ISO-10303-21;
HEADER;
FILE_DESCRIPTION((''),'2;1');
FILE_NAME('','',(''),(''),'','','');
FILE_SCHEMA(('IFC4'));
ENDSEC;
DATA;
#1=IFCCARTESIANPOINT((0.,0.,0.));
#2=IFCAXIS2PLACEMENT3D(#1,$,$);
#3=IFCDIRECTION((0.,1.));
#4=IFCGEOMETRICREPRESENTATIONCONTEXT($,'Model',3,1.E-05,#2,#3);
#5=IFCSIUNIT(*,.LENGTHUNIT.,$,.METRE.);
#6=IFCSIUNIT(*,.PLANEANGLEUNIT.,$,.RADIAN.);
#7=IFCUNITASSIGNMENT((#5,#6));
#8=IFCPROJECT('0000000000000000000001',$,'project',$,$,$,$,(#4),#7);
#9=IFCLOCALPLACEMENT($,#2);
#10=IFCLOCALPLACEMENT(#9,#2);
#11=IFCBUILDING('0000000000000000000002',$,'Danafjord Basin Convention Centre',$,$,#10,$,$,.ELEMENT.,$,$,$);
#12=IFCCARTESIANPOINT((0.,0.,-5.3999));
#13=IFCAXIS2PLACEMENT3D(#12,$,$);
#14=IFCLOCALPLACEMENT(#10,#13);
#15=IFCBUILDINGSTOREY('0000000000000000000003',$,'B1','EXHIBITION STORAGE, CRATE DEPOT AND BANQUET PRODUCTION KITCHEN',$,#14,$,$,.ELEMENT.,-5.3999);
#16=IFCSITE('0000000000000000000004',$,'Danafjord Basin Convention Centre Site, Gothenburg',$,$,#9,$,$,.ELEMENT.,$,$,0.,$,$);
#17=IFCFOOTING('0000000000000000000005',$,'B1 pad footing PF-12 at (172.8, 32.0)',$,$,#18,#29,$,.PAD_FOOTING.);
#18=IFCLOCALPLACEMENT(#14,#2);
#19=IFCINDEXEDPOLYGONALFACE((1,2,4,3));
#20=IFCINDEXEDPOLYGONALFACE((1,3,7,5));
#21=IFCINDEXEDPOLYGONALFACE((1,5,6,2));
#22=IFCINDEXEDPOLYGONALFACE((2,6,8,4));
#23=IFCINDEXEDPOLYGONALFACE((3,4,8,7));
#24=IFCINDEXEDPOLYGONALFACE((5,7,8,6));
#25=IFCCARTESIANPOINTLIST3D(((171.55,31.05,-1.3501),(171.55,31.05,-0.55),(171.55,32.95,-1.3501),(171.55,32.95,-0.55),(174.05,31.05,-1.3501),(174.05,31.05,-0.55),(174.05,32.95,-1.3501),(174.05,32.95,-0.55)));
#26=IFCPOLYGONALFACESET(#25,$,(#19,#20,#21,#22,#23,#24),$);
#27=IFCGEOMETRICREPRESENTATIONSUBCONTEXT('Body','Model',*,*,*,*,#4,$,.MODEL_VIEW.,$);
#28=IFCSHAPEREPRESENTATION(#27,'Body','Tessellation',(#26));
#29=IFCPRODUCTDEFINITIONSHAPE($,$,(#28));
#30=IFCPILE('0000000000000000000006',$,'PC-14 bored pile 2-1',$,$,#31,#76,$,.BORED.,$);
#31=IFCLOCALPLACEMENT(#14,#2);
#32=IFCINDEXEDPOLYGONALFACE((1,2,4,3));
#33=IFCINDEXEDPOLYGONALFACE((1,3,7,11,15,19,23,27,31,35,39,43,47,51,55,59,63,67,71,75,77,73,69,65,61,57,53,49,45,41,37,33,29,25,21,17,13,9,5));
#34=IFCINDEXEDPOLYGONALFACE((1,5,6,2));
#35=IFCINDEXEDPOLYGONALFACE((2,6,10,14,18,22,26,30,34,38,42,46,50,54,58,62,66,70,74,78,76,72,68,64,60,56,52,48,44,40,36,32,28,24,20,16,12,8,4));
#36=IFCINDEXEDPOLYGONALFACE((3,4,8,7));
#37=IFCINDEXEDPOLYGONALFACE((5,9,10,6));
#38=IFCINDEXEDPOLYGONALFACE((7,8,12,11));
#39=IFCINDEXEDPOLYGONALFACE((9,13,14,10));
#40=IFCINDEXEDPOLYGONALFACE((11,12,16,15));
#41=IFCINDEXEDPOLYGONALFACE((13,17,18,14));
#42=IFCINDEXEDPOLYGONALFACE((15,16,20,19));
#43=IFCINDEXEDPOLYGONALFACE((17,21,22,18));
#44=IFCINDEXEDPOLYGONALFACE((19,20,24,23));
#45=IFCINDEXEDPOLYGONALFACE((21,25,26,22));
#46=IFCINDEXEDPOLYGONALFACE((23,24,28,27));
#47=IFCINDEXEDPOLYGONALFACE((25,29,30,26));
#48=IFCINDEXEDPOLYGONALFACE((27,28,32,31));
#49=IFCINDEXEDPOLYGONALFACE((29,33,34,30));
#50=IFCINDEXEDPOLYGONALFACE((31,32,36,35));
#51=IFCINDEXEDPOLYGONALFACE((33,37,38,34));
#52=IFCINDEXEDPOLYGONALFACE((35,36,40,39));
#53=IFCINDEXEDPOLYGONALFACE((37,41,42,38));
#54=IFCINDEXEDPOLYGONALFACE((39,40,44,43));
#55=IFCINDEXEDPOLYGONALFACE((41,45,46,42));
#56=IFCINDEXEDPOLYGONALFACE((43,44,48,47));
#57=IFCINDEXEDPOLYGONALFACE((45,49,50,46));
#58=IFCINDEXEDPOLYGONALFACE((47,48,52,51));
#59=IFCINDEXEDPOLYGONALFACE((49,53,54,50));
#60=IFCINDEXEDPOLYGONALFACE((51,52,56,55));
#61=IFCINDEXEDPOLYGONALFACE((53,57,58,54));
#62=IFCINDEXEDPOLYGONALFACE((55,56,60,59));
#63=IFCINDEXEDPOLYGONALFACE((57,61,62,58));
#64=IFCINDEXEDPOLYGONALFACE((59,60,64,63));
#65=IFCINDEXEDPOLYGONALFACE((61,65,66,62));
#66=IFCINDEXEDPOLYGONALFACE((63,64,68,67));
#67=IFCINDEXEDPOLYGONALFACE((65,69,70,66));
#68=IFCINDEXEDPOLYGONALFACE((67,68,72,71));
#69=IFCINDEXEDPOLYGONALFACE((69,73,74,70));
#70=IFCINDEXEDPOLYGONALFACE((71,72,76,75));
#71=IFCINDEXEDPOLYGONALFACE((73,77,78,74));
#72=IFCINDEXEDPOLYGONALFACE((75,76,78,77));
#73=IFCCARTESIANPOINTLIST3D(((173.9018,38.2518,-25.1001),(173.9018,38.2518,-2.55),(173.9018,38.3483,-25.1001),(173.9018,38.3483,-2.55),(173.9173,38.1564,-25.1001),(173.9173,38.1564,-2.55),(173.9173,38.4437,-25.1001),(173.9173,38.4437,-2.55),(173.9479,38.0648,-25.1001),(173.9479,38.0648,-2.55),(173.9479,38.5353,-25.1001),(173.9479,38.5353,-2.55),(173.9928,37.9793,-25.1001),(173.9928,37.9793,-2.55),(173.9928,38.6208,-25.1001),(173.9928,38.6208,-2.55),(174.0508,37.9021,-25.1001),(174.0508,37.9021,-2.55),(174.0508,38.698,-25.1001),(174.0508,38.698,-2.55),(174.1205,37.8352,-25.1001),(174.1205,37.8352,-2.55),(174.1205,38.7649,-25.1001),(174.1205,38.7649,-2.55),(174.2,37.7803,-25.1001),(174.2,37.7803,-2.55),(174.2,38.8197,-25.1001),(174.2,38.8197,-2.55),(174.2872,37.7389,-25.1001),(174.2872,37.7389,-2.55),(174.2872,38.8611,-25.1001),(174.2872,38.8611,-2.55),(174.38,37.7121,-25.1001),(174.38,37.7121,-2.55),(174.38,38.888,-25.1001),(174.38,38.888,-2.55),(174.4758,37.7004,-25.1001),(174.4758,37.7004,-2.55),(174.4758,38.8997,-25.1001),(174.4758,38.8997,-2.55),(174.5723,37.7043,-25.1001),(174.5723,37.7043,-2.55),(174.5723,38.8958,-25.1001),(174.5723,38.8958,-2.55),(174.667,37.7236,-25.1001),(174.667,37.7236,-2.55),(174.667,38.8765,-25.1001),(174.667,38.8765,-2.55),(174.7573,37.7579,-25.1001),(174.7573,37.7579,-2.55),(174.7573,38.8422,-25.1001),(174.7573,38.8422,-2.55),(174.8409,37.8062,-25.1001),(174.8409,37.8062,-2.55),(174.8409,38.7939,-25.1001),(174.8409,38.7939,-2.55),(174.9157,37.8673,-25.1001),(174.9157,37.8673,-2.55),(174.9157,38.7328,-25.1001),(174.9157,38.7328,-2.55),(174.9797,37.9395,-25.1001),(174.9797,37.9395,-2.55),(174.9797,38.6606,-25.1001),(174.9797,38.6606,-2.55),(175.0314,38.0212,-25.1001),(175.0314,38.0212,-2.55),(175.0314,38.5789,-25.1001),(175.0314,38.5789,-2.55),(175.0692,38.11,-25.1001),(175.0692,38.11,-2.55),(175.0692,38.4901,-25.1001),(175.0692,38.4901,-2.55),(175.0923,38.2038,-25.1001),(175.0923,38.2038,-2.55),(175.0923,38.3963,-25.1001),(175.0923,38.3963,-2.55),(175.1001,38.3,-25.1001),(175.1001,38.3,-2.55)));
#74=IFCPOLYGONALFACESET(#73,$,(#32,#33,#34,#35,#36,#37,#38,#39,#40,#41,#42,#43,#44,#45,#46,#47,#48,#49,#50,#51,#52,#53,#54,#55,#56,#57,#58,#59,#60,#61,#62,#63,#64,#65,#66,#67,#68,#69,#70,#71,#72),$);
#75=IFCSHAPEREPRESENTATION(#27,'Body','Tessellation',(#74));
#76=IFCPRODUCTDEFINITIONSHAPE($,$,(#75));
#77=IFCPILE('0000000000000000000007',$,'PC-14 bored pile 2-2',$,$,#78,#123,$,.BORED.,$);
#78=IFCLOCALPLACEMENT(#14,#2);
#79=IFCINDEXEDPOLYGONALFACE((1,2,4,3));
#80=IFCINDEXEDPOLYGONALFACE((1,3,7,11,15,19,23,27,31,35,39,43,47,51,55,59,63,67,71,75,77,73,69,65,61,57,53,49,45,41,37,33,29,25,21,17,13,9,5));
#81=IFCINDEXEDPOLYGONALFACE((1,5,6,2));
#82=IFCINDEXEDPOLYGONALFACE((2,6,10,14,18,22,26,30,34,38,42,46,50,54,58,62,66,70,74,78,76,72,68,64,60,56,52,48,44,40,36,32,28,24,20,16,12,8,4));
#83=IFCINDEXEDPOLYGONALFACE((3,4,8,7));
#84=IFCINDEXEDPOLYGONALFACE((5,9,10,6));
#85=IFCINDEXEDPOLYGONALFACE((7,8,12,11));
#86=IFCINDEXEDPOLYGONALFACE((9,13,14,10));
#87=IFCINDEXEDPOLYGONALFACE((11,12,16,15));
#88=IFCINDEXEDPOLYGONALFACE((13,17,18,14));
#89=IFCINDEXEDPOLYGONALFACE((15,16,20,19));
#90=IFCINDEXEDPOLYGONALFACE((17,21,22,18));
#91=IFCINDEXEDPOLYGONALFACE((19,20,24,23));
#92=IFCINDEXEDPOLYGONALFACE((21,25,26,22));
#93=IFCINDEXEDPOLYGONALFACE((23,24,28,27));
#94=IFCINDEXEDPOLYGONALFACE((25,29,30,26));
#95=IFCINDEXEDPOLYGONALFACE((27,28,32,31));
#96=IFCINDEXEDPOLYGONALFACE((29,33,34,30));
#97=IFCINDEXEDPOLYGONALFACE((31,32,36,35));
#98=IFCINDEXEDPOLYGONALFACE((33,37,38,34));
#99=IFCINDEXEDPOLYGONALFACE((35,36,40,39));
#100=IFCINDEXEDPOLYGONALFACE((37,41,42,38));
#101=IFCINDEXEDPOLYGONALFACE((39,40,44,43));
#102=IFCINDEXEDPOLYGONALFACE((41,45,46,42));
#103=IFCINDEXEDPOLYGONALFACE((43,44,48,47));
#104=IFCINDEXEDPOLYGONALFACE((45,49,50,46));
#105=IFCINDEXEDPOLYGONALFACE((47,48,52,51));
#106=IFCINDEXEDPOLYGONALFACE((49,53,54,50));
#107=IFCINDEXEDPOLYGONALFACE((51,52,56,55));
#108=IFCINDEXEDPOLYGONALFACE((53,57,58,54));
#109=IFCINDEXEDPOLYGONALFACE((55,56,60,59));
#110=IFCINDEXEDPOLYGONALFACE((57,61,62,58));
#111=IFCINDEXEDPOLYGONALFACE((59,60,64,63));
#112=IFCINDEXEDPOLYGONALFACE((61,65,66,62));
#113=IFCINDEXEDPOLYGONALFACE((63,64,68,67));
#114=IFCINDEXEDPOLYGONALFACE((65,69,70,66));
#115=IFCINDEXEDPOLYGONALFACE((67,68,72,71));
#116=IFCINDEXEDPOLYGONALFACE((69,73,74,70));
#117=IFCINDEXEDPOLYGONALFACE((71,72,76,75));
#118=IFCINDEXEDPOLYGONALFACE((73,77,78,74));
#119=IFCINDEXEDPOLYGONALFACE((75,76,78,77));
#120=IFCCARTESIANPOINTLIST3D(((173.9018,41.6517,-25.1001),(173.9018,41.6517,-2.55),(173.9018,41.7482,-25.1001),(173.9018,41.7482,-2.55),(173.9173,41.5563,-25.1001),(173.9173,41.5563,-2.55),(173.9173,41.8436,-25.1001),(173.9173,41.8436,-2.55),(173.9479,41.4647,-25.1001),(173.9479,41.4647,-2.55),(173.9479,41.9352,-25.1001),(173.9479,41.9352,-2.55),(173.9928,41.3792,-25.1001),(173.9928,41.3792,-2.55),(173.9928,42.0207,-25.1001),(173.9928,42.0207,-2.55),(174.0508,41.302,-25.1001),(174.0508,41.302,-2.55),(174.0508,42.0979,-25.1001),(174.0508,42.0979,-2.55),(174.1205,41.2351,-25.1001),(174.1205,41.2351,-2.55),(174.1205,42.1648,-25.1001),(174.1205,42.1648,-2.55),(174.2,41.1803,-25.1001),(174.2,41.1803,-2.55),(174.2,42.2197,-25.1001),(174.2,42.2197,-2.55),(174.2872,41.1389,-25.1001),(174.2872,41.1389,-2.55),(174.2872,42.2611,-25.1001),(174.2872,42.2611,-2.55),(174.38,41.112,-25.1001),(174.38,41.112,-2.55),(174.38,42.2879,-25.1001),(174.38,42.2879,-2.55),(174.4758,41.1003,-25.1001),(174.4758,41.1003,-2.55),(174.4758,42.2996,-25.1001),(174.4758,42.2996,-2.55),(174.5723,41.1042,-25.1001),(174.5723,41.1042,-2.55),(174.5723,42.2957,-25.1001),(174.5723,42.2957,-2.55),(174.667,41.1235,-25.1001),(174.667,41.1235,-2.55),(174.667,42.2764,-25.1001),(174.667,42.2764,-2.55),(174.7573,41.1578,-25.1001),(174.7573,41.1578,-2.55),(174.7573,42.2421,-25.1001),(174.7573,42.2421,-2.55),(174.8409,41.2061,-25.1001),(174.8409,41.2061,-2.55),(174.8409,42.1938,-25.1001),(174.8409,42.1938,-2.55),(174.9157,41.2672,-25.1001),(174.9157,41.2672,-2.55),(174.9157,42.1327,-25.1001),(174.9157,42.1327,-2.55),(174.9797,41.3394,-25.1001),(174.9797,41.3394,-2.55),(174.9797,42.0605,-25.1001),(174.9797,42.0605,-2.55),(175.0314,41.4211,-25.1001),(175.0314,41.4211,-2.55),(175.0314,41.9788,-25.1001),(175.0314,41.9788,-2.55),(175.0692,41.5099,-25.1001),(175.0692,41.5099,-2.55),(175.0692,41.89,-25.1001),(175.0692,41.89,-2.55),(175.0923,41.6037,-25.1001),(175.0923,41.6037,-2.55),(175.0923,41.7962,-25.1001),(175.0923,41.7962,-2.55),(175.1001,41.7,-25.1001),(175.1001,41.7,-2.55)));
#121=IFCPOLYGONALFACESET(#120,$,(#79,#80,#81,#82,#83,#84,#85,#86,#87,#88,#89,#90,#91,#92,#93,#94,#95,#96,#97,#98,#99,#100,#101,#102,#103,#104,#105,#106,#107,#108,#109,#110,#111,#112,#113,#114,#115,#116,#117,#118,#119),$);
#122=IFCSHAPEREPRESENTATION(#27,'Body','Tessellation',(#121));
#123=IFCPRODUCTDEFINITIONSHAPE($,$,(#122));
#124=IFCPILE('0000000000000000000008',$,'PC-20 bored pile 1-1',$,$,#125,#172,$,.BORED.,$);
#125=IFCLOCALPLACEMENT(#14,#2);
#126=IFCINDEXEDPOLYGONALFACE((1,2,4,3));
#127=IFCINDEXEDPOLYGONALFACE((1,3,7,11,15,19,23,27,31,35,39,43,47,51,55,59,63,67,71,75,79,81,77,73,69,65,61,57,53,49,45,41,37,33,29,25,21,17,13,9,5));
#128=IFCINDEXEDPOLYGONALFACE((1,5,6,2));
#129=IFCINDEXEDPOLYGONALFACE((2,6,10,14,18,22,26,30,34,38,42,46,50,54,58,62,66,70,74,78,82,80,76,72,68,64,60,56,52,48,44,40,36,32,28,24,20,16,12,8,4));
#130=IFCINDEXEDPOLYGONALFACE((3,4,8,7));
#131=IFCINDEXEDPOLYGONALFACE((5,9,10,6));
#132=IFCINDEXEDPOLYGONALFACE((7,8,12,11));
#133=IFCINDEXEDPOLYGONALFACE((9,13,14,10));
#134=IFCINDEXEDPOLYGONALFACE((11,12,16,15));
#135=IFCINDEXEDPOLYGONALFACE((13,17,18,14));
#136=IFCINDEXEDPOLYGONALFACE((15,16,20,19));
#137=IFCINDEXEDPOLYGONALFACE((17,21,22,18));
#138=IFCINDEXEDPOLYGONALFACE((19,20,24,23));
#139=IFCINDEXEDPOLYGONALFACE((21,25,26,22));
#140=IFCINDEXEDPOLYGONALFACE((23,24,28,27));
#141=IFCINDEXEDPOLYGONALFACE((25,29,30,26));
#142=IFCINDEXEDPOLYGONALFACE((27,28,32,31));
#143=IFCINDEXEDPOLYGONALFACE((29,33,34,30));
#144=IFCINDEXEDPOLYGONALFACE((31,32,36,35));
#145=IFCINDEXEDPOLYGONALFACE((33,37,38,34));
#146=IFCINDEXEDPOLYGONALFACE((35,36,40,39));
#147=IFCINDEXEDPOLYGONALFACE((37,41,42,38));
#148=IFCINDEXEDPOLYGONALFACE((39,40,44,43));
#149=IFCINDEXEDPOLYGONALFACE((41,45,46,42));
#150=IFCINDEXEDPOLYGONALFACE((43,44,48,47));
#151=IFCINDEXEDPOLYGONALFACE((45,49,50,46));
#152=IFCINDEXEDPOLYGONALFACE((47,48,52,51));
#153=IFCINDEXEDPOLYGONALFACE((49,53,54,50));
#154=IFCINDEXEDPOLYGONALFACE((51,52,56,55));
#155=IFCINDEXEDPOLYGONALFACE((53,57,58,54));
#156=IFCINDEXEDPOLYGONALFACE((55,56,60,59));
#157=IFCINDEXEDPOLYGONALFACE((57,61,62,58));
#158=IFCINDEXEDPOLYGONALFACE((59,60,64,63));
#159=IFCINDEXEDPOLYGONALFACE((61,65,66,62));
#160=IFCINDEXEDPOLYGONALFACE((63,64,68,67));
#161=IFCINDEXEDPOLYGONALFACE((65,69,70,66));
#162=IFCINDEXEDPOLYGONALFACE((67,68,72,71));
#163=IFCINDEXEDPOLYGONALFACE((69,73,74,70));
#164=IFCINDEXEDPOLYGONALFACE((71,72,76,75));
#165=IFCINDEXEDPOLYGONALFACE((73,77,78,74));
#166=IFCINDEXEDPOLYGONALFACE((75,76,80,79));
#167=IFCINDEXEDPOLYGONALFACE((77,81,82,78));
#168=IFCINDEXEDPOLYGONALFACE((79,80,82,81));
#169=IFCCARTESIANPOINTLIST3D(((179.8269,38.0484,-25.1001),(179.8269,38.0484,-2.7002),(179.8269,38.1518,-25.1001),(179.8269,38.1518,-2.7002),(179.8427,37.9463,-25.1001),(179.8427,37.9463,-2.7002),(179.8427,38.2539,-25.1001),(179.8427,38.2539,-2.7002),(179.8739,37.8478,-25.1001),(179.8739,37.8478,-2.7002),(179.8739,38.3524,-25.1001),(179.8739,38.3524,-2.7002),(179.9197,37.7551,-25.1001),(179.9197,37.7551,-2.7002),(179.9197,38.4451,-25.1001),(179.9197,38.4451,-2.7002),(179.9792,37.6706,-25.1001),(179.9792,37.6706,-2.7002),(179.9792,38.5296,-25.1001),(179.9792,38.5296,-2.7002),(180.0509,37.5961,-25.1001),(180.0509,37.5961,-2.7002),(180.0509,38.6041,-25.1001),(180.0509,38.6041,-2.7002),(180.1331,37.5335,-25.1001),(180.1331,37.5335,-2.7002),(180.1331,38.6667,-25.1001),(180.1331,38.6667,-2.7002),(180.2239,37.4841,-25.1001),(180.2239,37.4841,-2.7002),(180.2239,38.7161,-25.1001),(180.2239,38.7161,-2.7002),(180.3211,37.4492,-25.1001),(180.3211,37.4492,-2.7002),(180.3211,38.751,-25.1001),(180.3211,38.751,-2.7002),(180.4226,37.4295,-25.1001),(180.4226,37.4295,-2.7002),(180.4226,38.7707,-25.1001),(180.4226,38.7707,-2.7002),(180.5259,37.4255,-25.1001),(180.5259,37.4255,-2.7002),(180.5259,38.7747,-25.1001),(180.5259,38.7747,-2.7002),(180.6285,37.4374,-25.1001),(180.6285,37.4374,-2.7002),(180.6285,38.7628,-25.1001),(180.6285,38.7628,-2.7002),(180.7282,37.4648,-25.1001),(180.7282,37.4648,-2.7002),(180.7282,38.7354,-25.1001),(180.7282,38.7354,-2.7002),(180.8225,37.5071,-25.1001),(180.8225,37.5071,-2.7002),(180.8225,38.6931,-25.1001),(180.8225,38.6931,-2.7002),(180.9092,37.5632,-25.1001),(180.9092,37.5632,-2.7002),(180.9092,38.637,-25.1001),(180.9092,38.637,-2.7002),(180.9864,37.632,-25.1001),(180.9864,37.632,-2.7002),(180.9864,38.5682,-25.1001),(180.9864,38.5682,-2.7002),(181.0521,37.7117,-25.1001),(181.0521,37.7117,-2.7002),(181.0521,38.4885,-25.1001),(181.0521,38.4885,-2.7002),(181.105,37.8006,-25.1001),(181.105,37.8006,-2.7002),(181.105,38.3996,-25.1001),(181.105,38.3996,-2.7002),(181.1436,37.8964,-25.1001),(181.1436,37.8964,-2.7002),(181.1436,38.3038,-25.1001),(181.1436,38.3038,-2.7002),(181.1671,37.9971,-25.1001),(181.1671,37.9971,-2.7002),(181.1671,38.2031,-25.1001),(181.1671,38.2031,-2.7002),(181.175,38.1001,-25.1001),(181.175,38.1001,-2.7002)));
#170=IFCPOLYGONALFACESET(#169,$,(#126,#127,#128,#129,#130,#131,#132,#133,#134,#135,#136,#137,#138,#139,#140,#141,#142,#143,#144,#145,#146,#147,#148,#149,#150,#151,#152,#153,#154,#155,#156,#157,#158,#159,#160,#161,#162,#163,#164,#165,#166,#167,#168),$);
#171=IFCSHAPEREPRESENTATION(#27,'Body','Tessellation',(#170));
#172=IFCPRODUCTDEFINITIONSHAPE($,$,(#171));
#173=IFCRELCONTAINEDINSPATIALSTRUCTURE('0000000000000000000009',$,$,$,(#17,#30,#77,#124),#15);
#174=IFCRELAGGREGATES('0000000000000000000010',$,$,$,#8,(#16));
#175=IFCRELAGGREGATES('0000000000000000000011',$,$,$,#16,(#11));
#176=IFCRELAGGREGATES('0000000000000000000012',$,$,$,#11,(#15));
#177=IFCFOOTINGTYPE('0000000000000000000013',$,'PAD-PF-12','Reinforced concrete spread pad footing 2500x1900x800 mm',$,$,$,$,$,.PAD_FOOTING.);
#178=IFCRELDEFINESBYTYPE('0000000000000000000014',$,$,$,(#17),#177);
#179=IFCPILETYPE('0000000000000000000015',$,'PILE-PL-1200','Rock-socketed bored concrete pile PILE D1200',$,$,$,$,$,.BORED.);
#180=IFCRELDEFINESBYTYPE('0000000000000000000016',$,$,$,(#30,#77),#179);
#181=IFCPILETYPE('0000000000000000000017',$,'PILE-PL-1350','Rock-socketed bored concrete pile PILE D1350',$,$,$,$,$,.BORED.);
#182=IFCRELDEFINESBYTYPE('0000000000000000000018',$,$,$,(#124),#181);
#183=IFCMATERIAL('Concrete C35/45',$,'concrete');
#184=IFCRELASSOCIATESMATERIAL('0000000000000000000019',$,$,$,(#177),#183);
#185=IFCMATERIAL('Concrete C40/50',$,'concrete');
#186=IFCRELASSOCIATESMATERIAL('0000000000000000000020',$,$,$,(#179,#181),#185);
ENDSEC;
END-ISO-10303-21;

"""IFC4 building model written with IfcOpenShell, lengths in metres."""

from ifc_helpers import new_model, si_unit, direction, frame, origin, origin_2d, place, context, subcontext, project, spatial, rectangle, circle, extrude, material, material_profile, profile_set, type_object, element, save


model = new_model("IFC4")

# Units and contexts
model_context = context("Model", 3, precision=1e-05, world=origin(), true_north=direction((0.0, 1.0)))
body_context = subcontext(model_context, "Body", "Model", "MODEL_VIEW")
ifc_project = project(units=[si_unit("LENGTHUNIT", "METRE"), si_unit("PLANEANGLEUNIT", "RADIAN")], contexts=[model_context])

# Site, building, storey
site_placement = place(None, origin())
site = spatial("IfcSite", under=ifc_project, at=site_placement, Name="Danafjord Basin Convention Centre Site, Gothenburg", CompositionType="ELEMENT", RefElevation=0.0)
building_placement = place(site_placement, origin())
building = spatial("IfcBuilding", under=site, at=building_placement, Name="Danafjord Basin Convention Centre", CompositionType="ELEMENT")
storey_placement = place(building_placement, frame((0.0, 0.0, -5.3999)))
storey = spatial("IfcBuildingStorey", under=building, at=storey_placement, Name="B1", Description="EXHIBITION STORAGE, CRATE DEPOT AND BANQUET PRODUCTION KITCHEN", CompositionType="ELEMENT", Elevation=-5.3999)

# Footing
ifc_material_1 = material(Name="Concrete C40/50", Category="concrete")
ifc_material_2 = material(Name="Concrete C35/45", Category="concrete")
footing_type_1 = type_object("IfcFootingType", Name="PAD-PF-12", Description="Reinforced concrete spread pad footing 2500x1900x800 mm", PredefinedType="PAD_FOOTING", material=ifc_material_2)
footing_1_placement = place(storey_placement, frame((172.8, 32.0, -1.3501), z_axis=(0.0, 0.0, 1.0), x_axis=(1.0, 0.0, 0.0)))
element("IfcFooting", 1, at=footing_1_placement, inside=storey, type_object=footing_type_1, Name="B1 pad footing PF-12 at (172.8, 32.0)", PredefinedType="PAD_FOOTING", context=body_context, shape_type="SweptSolid", body=[
    extrude(rectangle(XDim=2.5, YDim=1.8999, at=origin_2d()), origin(), (0.0, 0.0, 1.0), 0.8),
])

# Piles
ifc_material_profile_1 = material_profile(ifc_material_1, circle(Radius=0.6001, at=origin_2d()), Name="PILE D1200")
ifc_profile_set_1 = profile_set([ifc_material_profile_1], Name="Concrete C40/50")
pile_type_1 = type_object("IfcPileType", Name="PILE-PL-1200", Description="Rock-socketed bored concrete pile PILE D1200", PredefinedType="BORED", material=ifc_profile_set_1)
for number, where, z_axis, x_axis, name in (
    (2, (174.5, 38.3, -2.55), (0.0, 0.0, -1.0), (1.0, 0.0, 0.0), "PC-14 bored pile 2-1"),
    (3, (174.5, 41.7, -2.55), (0.0, 0.0, -1.0), (1.0, 0.0, 0.0), "PC-14 bored pile 2-2"),
):
    element("IfcPile", number, at=place(storey_placement, frame(where, z_axis=z_axis, x_axis=x_axis)), inside=storey, type_object=pile_type_1, Name=name, PredefinedType="BORED", context=body_context, shape_type="SweptSolid", body=[
        extrude(circle(Radius=0.6001, at=origin_2d()), origin(), (0.0, 0.0, 1.0), 22.55),
    ])
ifc_material_profile_2 = material_profile(ifc_material_1, circle(Radius=0.675, at=origin_2d()), Name="PILE D1350")
ifc_profile_set_2 = profile_set([ifc_material_profile_2], Name="Concrete C40/50")
pile_type_2 = type_object("IfcPileType", Name="PILE-PL-1350", Description="Rock-socketed bored concrete pile PILE D1350", PredefinedType="BORED", material=ifc_profile_set_2)
for number, where, z_axis, x_axis, name in (
    (4, (180.5, 38.1001, -2.7002), (0.0, 0.0, -1.0), (1.0, 0.0, 0.0), "PC-20 bored pile 1-1"),
):
    element("IfcPile", number, at=place(storey_placement, frame(where, z_axis=z_axis, x_axis=x_axis)), inside=storey, type_object=pile_type_2, Name=name, PredefinedType="BORED", context=body_context, shape_type="SweptSolid", body=[
        extrude(circle(Radius=0.675, at=origin_2d()), origin(), (0.0, 0.0, 1.0), 22.3999),
    ])

save(model, "model.ifc")
